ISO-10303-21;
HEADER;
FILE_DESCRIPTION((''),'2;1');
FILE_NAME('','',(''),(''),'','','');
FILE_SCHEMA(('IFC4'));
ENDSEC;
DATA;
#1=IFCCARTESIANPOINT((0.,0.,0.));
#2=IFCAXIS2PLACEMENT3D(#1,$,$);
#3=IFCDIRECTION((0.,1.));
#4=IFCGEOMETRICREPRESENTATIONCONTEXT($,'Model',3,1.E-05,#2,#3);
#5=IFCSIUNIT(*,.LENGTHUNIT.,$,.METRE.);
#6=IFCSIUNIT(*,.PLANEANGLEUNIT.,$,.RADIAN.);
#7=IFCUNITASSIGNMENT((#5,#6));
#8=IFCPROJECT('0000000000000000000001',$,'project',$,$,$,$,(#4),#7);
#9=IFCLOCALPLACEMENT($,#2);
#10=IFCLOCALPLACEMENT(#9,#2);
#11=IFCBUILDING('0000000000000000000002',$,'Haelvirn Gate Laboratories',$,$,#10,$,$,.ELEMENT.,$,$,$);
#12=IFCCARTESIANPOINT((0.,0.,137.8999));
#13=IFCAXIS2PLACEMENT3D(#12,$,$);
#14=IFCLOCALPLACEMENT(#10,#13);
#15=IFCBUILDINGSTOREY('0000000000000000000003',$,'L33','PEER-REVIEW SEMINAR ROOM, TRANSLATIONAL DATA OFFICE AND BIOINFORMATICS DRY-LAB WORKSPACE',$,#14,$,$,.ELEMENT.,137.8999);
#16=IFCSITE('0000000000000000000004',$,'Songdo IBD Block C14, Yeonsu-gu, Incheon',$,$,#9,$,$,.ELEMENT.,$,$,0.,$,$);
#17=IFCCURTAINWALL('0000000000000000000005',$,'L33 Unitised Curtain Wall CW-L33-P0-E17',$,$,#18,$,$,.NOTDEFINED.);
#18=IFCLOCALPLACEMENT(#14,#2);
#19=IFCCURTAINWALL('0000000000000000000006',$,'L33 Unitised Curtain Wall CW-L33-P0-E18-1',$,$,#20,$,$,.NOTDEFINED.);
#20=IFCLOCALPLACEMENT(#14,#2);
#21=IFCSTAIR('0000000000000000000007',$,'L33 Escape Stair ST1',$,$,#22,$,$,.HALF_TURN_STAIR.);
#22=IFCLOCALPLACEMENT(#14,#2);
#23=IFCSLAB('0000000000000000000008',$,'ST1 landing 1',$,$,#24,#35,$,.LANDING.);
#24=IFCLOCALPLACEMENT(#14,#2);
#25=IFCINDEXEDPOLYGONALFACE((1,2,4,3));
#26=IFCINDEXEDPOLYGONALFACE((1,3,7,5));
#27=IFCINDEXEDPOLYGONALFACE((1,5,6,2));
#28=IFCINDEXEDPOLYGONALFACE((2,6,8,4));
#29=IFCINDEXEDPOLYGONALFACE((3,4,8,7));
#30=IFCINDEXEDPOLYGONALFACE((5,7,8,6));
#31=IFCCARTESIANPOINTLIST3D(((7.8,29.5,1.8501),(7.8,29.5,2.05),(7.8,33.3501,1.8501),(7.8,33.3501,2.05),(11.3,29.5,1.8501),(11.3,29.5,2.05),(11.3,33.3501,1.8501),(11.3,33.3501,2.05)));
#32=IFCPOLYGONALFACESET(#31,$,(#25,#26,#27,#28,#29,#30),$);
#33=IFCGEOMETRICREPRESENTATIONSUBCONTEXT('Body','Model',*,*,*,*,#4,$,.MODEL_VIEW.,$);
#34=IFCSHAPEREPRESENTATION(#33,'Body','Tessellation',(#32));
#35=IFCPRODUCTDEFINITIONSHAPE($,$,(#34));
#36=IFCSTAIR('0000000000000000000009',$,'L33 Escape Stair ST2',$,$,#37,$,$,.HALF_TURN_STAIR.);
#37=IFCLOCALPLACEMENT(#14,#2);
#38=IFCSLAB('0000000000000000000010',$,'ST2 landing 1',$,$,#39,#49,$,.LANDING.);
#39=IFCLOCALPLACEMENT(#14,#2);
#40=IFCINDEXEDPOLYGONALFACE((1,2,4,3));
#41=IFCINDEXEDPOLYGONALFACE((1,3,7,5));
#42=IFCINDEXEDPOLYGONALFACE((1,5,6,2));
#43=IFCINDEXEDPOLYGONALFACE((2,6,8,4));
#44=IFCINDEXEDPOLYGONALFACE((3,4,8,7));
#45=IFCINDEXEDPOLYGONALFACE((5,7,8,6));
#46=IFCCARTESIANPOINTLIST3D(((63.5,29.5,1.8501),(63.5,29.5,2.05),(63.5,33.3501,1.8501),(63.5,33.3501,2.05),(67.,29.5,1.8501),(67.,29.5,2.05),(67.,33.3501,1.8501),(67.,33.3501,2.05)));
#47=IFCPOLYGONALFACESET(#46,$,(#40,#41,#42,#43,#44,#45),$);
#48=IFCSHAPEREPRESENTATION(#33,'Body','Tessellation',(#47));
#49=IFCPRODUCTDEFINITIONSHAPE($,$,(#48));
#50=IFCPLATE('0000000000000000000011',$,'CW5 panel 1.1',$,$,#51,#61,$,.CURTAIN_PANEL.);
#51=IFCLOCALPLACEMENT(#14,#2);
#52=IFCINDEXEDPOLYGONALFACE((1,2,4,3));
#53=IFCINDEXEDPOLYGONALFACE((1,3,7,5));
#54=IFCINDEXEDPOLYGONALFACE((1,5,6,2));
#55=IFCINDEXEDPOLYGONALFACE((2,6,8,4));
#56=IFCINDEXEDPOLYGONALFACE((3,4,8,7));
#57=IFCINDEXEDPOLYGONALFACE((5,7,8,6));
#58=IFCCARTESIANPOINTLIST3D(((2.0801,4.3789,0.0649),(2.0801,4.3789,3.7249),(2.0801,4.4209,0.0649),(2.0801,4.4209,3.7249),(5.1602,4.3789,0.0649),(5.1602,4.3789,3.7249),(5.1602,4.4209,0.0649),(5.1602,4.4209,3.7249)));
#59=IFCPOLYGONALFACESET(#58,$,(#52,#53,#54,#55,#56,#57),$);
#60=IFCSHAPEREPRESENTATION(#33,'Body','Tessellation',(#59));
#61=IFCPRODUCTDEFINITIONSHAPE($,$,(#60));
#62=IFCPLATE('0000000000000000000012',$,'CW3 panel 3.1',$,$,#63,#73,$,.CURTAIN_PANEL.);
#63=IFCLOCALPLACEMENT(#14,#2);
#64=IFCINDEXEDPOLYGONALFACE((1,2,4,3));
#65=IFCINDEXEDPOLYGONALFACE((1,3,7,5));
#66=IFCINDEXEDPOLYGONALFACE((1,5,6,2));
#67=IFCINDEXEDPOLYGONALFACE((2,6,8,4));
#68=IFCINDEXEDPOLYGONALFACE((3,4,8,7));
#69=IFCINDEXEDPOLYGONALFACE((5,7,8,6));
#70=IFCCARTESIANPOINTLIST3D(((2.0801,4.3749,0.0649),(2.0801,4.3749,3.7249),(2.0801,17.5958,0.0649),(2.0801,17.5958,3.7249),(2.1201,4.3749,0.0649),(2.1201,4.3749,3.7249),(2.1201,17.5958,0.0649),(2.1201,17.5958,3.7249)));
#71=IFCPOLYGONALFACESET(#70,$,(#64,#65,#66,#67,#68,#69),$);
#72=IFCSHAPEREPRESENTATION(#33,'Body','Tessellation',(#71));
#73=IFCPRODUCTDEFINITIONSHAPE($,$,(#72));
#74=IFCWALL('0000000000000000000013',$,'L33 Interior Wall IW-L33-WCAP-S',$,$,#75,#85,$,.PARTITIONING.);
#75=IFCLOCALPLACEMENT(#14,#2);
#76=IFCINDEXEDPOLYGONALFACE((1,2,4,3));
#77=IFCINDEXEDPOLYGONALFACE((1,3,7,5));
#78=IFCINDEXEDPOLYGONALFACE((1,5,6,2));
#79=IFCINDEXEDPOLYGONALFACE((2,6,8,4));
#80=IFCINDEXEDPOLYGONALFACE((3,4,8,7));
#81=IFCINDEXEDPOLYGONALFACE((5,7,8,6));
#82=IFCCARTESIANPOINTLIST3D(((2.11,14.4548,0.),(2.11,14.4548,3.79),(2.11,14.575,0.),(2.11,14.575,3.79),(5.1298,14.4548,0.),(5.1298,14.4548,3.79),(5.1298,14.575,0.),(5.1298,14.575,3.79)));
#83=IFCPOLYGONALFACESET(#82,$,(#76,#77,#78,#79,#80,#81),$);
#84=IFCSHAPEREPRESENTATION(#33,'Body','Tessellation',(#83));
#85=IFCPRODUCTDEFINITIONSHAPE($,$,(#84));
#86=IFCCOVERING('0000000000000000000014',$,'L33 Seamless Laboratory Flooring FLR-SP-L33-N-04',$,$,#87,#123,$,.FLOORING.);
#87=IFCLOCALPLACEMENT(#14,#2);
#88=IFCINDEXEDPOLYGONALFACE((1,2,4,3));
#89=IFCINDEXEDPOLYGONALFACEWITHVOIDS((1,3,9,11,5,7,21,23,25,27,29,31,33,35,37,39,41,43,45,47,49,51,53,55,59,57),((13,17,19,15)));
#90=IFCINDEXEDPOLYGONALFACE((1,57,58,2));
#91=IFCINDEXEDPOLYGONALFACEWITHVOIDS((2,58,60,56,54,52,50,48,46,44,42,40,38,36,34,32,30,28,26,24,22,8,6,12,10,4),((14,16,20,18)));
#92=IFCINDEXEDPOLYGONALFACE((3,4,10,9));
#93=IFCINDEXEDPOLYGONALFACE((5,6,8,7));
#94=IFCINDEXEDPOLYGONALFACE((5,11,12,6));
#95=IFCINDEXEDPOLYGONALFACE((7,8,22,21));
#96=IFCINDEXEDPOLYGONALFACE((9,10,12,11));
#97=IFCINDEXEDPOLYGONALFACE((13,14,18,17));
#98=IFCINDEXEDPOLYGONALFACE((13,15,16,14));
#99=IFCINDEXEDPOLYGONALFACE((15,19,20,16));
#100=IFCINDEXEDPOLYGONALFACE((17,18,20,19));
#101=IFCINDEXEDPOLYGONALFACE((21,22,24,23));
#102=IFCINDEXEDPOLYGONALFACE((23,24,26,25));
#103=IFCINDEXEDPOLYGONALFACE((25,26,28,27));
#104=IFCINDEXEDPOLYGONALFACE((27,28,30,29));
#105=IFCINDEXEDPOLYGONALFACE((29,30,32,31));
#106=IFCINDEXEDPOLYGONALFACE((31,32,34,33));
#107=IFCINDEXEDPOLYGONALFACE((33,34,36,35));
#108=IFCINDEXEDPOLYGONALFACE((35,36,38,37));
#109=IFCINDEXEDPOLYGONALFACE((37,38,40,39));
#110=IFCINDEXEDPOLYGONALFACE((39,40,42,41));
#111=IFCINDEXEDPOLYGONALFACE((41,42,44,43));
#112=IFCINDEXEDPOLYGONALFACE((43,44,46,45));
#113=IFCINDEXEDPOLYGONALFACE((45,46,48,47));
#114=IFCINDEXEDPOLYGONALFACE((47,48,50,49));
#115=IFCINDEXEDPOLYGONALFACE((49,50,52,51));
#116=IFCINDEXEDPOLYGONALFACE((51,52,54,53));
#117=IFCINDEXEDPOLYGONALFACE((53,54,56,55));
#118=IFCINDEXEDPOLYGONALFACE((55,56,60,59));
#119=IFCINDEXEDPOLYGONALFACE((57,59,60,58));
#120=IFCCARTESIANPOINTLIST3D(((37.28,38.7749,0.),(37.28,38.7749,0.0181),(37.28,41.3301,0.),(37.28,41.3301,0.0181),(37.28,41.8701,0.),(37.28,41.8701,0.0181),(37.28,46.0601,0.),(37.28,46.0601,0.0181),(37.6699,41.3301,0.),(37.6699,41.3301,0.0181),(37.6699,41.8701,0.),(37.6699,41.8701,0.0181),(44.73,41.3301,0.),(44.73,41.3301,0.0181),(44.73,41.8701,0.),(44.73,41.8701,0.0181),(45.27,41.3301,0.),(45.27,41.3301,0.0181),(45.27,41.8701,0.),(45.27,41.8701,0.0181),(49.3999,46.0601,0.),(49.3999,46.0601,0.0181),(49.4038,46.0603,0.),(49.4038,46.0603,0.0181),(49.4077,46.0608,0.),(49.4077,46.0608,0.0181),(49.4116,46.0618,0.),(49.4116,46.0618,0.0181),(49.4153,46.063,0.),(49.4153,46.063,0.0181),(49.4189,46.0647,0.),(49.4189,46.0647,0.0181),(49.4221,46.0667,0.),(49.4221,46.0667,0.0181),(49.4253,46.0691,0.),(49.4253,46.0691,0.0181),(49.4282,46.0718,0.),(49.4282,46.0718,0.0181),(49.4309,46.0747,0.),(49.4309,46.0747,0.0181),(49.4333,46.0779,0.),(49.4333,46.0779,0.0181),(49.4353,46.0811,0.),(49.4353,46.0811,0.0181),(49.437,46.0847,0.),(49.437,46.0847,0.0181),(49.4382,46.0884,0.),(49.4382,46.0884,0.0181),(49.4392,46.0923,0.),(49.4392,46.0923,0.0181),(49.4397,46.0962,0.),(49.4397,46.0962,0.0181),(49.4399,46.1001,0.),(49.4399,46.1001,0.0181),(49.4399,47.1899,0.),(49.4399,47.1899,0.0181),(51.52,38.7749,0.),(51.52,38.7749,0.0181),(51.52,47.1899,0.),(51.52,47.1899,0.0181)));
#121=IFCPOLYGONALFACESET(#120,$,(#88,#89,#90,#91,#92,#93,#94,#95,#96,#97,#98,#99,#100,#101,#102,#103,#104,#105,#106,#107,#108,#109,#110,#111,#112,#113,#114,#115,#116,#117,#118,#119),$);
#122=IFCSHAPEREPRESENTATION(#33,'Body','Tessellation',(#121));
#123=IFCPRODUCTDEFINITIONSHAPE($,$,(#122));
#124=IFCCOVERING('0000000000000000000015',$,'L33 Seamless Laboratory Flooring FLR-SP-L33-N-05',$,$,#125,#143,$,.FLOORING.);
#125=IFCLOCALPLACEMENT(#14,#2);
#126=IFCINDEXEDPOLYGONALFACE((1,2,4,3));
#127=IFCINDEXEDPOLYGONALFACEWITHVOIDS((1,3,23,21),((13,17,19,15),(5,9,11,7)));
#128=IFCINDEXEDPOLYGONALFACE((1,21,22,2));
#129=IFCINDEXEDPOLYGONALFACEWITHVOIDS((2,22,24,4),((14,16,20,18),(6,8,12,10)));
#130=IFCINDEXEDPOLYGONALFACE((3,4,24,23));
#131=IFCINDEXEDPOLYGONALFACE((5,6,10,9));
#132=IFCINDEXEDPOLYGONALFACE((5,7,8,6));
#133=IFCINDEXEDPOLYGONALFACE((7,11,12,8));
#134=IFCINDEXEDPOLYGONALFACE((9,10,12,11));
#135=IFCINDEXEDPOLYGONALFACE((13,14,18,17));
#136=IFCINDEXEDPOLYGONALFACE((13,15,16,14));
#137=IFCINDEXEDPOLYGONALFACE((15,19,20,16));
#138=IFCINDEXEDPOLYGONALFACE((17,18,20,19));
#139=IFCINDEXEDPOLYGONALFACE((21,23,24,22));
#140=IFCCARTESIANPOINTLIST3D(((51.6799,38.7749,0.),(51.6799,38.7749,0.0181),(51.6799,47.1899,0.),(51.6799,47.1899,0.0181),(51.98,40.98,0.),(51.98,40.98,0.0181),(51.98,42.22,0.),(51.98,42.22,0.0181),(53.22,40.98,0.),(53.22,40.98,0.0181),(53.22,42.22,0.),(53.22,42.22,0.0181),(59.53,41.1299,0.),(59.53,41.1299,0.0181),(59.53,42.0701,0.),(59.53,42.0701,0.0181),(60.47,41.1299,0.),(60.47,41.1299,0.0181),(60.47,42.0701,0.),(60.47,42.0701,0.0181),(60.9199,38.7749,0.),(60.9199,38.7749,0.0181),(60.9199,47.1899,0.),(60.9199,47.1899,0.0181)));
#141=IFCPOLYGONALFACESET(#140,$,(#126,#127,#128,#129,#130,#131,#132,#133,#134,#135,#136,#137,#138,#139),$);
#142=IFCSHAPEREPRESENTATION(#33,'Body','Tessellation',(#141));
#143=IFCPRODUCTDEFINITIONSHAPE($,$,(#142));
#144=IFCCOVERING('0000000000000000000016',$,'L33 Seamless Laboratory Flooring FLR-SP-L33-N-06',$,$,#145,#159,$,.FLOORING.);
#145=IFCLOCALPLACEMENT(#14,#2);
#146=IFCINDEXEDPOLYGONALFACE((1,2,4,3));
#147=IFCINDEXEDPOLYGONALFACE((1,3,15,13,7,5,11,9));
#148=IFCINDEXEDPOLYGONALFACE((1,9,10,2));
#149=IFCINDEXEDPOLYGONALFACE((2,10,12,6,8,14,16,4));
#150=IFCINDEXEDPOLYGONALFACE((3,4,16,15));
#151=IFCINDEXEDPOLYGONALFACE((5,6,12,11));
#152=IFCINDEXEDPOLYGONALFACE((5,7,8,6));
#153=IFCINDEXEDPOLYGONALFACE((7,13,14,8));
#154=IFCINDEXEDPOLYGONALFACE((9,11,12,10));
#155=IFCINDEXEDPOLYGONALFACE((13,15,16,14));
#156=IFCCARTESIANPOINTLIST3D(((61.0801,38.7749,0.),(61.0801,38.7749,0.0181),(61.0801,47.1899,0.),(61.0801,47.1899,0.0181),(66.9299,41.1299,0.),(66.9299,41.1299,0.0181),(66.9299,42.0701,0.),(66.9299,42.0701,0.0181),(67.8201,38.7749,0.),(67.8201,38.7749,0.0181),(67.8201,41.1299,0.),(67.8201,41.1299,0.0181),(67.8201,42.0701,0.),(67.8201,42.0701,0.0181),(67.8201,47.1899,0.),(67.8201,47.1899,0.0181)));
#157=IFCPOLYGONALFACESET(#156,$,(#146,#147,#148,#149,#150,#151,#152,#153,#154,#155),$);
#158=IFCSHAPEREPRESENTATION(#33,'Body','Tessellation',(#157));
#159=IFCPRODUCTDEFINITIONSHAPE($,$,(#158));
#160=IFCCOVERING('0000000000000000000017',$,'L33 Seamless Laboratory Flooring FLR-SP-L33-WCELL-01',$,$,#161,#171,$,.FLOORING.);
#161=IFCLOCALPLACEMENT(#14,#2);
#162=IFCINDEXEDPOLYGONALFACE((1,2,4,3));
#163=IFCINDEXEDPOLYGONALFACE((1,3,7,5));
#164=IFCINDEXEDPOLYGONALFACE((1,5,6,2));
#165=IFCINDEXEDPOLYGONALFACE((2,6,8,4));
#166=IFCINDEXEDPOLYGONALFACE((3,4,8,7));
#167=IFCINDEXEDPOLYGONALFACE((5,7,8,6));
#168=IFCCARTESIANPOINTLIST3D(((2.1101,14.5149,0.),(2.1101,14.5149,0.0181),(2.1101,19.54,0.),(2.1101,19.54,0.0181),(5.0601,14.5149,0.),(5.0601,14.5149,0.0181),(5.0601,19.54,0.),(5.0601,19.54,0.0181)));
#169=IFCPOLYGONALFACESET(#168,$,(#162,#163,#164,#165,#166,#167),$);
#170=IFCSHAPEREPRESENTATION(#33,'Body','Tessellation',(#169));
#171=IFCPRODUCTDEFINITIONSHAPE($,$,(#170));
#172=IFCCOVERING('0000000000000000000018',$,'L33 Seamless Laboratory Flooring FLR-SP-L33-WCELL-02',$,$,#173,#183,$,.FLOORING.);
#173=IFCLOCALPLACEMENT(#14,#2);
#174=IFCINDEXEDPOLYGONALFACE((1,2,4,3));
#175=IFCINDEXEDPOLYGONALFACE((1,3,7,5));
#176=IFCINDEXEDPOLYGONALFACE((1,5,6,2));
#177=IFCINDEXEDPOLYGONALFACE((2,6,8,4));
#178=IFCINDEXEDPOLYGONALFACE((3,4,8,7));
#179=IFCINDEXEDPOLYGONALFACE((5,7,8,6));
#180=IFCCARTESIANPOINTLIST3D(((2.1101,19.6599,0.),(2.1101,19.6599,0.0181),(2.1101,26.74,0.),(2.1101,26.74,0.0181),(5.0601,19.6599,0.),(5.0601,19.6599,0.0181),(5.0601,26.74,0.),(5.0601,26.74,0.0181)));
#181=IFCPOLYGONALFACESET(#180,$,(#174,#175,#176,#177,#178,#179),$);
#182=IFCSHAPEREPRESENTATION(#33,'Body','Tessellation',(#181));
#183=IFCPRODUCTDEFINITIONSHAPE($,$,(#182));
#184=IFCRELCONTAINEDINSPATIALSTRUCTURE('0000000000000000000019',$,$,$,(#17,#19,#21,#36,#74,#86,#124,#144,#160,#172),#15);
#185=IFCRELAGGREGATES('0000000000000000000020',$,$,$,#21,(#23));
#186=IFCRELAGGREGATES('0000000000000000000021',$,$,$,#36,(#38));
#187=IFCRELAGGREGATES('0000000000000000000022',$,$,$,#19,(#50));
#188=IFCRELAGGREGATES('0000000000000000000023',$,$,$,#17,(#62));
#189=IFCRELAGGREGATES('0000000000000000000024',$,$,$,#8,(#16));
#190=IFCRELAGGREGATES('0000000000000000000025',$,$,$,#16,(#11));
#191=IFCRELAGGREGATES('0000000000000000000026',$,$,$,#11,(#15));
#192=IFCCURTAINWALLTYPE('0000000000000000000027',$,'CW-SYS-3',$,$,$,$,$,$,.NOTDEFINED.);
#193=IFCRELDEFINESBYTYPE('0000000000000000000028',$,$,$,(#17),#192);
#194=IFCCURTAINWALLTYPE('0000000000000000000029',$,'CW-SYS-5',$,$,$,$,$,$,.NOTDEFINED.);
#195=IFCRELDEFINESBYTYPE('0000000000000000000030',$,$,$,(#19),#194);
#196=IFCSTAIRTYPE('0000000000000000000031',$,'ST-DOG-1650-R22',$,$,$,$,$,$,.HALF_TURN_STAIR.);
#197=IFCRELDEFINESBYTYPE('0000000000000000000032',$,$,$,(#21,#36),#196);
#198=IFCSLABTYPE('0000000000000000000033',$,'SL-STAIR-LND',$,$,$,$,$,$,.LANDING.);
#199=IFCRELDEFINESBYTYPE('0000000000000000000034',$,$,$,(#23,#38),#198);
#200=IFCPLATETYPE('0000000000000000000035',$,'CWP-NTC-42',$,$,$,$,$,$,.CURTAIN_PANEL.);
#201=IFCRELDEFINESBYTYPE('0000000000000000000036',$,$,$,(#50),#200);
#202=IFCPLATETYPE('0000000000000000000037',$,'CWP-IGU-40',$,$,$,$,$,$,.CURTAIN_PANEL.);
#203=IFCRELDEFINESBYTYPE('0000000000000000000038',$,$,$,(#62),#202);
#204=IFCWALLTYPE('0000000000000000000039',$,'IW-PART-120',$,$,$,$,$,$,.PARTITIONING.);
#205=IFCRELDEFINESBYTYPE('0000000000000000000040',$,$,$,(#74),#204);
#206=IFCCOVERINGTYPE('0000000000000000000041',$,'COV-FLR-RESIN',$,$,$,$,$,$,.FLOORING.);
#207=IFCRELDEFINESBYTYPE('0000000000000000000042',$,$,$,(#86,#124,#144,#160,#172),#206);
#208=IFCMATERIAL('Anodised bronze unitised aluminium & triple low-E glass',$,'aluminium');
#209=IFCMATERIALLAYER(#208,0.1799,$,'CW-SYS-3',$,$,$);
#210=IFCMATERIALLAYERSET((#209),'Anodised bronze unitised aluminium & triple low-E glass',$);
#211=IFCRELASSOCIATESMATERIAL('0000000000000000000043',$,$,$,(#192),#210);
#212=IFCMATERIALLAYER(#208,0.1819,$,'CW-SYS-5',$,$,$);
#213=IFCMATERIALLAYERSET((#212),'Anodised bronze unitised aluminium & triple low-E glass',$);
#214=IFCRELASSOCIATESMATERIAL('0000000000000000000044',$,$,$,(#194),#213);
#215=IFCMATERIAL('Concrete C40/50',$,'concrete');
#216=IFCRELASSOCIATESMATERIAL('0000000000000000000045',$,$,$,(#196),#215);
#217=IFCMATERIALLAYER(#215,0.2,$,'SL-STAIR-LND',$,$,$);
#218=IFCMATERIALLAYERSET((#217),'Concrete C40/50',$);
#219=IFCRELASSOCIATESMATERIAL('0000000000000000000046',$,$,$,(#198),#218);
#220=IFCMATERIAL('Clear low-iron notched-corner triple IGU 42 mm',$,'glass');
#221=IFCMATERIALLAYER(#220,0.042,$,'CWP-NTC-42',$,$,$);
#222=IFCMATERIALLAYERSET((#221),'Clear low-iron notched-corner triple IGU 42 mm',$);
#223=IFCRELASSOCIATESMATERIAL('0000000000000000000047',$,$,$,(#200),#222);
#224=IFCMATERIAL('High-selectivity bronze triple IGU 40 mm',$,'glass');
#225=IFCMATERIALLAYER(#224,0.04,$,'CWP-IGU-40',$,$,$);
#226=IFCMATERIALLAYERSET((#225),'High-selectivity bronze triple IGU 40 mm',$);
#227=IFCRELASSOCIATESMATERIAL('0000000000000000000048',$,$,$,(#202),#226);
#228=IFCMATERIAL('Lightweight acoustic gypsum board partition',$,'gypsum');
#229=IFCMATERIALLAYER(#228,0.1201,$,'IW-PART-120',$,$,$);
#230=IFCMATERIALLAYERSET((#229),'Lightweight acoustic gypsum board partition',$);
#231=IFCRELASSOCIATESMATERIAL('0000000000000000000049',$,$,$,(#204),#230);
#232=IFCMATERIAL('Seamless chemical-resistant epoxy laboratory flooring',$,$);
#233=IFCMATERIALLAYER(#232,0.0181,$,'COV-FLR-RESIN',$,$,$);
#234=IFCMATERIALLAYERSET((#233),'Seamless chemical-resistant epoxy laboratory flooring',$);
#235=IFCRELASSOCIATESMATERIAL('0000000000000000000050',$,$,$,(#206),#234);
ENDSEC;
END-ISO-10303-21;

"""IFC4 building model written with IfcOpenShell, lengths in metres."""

from ifc_helpers import new_model, si_unit, direction, frame, frame_2d, origin, origin_2d, place, context, subcontext, project, spatial, polyline, rectangle, outline, extrude, source, transform, mapped, material, layer, layer_set, type_object, type_shapes, element, aggregate, save


model = new_model("IFC4")

# Units and contexts
model_context = context("Model", 3, precision=1e-05, world=origin(), true_north=direction((0.0, 1.0)))
body_context = subcontext(model_context, "Body", "Model", "MODEL_VIEW")
ifc_project = project(units=[si_unit("LENGTHUNIT", "METRE"), si_unit("PLANEANGLEUNIT", "RADIAN")], contexts=[model_context])

# Site, building, storey
site_placement = place(None, origin())
site = spatial("IfcSite", under=ifc_project, at=site_placement, Name="Songdo IBD Block C14, Yeonsu-gu, Incheon", CompositionType="ELEMENT", RefElevation=0.0)
building_placement = place(site_placement, origin())
building = spatial("IfcBuilding", under=site, at=building_placement, Name="Haelvirn Gate Laboratories", CompositionType="ELEMENT")
storey_placement = place(building_placement, frame((0.0, 0.0, 137.8999)))
storey = spatial("IfcBuildingStorey", under=building, at=storey_placement, Name="L33", Description="PEER-REVIEW SEMINAR ROOM, TRANSLATIONAL DATA OFFICE AND BIOINFORMATICS DRY-LAB WORKSPACE", CompositionType="ELEMENT", Elevation=137.8999)

# Curtain walls
ifc_material_1 = material(Name="Anodised bronze unitised aluminium & triple low-E glass", Category="aluminium")
ifc_layer_1 = layer(ifc_material_1, 0.1799, Name="CW-SYS-3")
ifc_layer_set_1 = layer_set([ifc_layer_1], Name="Anodised bronze unitised aluminium & triple low-E glass")
curtain_wall_type_1 = type_object("IfcCurtainWallType", Name="CW-SYS-3", PredefinedType="NOTDEFINED", material=ifc_layer_set_1)
curtain_wall_1_placement = place(storey_placement, origin())
curtain_wall_1 = element("IfcCurtainWall", 1, at=curtain_wall_1_placement, inside=storey, type_object=curtain_wall_type_1, Name="L33 Unitised Curtain Wall CW-L33-P0-E17", PredefinedType="NOTDEFINED")
ifc_layer_2 = layer(ifc_material_1, 0.1819, Name="CW-SYS-5")
ifc_layer_set_2 = layer_set([ifc_layer_2], Name="Anodised bronze unitised aluminium & triple low-E glass")
curtain_wall_type_2 = type_object("IfcCurtainWallType", Name="CW-SYS-5", PredefinedType="NOTDEFINED", material=ifc_layer_set_2)
curtain_wall_2_placement = place(storey_placement, origin())
curtain_wall_2 = element("IfcCurtainWall", 2, at=curtain_wall_2_placement, inside=storey, type_object=curtain_wall_type_2, Name="L33 Unitised Curtain Wall CW-L33-P0-E18-1", PredefinedType="NOTDEFINED")

# Stairs, slabs
ifc_material_2 = material(Name="Concrete C40/50", Category="concrete")
stair_type = type_object("IfcStairType", Name="ST-DOG-1650-R22", PredefinedType="HALF_TURN_STAIR", material=ifc_material_2)
stair_1_placement = place(storey_placement, origin())
stair_1 = element("IfcStair", 3, at=stair_1_placement, inside=storey, type_object=stair_type, Name="L33 Escape Stair ST1", PredefinedType="HALF_TURN_STAIR")
ifc_layer_3 = layer(ifc_material_2, 0.2, Name="SL-STAIR-LND")
ifc_layer_set_3 = layer_set([ifc_layer_3], Name="Concrete C40/50")
slab_type = type_object("IfcSlabType", Name="SL-STAIR-LND", PredefinedType="LANDING", material=ifc_layer_set_3)
slab_1_placement = place(storey_placement, frame((0.0, 0.0, 1.8501)))
slab_1 = element("IfcSlab", 4, at=slab_1_placement, type_object=slab_type, Name="ST1 landing 1", PredefinedType="LANDING", context=body_context, shape_type="SweptSolid", body=[
    extrude(outline(polyline([(11.3, 29.5), (11.3, 33.3501), (7.8, 33.3501), (7.8, 29.5), (11.3, 29.5)])), origin(), (0.0, 0.0, 1.0), 0.2),
])
aggregate(stair_1, [slab_1])
stair_2_placement = place(storey_placement, origin())
stair_2 = element("IfcStair", 5, at=stair_2_placement, inside=storey, type_object=stair_type, Name="L33 Escape Stair ST2", PredefinedType="HALF_TURN_STAIR")
slab_2_placement = place(storey_placement, frame((0.0, 0.0, 1.8501)))
slab_2 = element("IfcSlab", 6, at=slab_2_placement, type_object=slab_type, Name="ST2 landing 1", PredefinedType="LANDING", context=body_context, shape_type="SweptSolid", body=[
    extrude(outline(polyline([(67.0, 29.5), (67.0, 33.3501), (63.5, 33.3501), (63.5, 29.5), (67.0, 29.5)])), origin(), (0.0, 0.0, 1.0), 0.2),
])
aggregate(stair_2, [slab_2])

# Plates
ifc_material_3 = material(Name="Clear low-iron notched-corner triple IGU 42 mm", Category="glass")
ifc_layer_4 = layer(ifc_material_3, 0.042, Name="CWP-NTC-42")
ifc_layer_set_4 = layer_set([ifc_layer_4], Name="Clear low-iron notched-corner triple IGU 42 mm")
plate_type_1 = type_object("IfcPlateType", Name="CWP-NTC-42", PredefinedType="CURTAIN_PANEL", material=ifc_layer_set_4)
shared_shape_1 = source(origin(), body_context, "Body", "SweptSolid", [
    extrude(rectangle(XDim=3.0801, YDim=0.042, at=origin_2d()), origin(), (0.0, 0.0, 1.0), 3.6599),
])
type_shapes(plate_type_1, [shared_shape_1])
plate_1_placement = place(storey_placement, frame((3.6201, 4.3999, 0.0649), z_axis=(0.0, 0.0, 1.0), x_axis=(1.0, 0.0, 0.0)))
plate_1 = element("IfcPlate", 7, at=plate_1_placement, type_object=plate_type_1, Name="CW5 panel 1.1", PredefinedType="CURTAIN_PANEL", context=body_context, shape_type="MappedRepresentation", body=[
    mapped(shared_shape_1, transform((0.0, 0.0, 0.0), scale=1.0)),
])
aggregate(curtain_wall_2, [plate_1])
ifc_material_4 = material(Name="High-selectivity bronze triple IGU 40 mm", Category="glass")
ifc_layer_5 = layer(ifc_material_4, 0.04, Name="CWP-IGU-40")
ifc_layer_set_5 = layer_set([ifc_layer_5], Name="High-selectivity bronze triple IGU 40 mm")
plate_type_2 = type_object("IfcPlateType", Name="CWP-IGU-40", PredefinedType="CURTAIN_PANEL", material=ifc_layer_set_5)
shared_shape_2 = source(origin(), body_context, "Body", "SweptSolid", [
    extrude(rectangle(XDim=13.2209, YDim=0.04, at=origin_2d()), origin(), (0.0, 0.0, 1.0), 3.6599),
])
type_shapes(plate_type_2, [shared_shape_2])
plate_2_placement = place(storey_placement, frame((2.1001, 10.9854, 0.0649), z_axis=(0.0, 0.0, 1.0), x_axis=(0.0, -1.0, 0.0)))
plate_2 = element("IfcPlate", 8, at=plate_2_placement, type_object=plate_type_2, Name="CW3 panel 3.1", PredefinedType="CURTAIN_PANEL", context=body_context, shape_type="MappedRepresentation", body=[
    mapped(shared_shape_2, transform((0.0, 0.0, 0.0), scale=1.0)),
])
aggregate(curtain_wall_1, [plate_2])

# Wall
ifc_material_5 = material(Name="Lightweight acoustic gypsum board partition", Category="gypsum")
ifc_layer_6 = layer(ifc_material_5, 0.1201, Name="IW-PART-120")
ifc_layer_set_6 = layer_set([ifc_layer_6], Name="Lightweight acoustic gypsum board partition")
wall_type = type_object("IfcWallType", Name="IW-PART-120", PredefinedType="PARTITIONING", material=ifc_layer_set_6)
wall_placement = place(storey_placement, frame((2.1101, 14.5149, 0.0), z_axis=(0.0, 0.0, 1.0), x_axis=(1.0, 0.0, 0.0)))
element("IfcWall", 9, at=wall_placement, inside=storey, type_object=wall_type, Name="L33 Interior Wall IW-L33-WCAP-S", PredefinedType="PARTITIONING", context=body_context, shape_type="SweptSolid", body=[
    extrude(rectangle(XDim=3.0198, YDim=0.1201, at=frame_2d((1.5098, 0.0))), origin(), (0.0, 0.0, 1.0), 3.79),
])

# Coverings
ifc_material_6 = material(Name="Seamless chemical-resistant epoxy laboratory flooring")
ifc_layer_7 = layer(ifc_material_6, 0.0181, Name="COV-FLR-RESIN")
ifc_layer_set_7 = layer_set([ifc_layer_7], Name="Seamless chemical-resistant epoxy laboratory flooring")
covering_type = type_object("IfcCoveringType", Name="COV-FLR-RESIN", PredefinedType="FLOORING", material=ifc_layer_set_7)
covering_1_placement = place(storey_placement, origin())
element("IfcCovering", 10, at=covering_1_placement, inside=storey, type_object=covering_type, Name="L33 Seamless Laboratory Flooring FLR-SP-L33-N-04", PredefinedType="FLOORING", context=body_context, shape_type="SweptSolid", body=[
    extrude(outline(polyline([(37.28, 41.3301), (37.6699, 41.3301), (37.6699, 41.8701), (37.28, 41.8701), (37.28, 46.0601), (49.3999, 46.0601), (49.4038, 46.0603), (49.4077, 46.0608), (49.4116, 46.0618), (49.4153, 46.063), (49.4189, 46.0647), (49.4221, 46.0667), (49.4253, 46.0691), (49.4282, 46.0718), (49.4309, 46.0747), (49.4333, 46.0779), (49.4353, 46.0811), (49.437, 46.0847), (49.4382, 46.0884), (49.4392, 46.0923), (49.4397, 46.0962), (49.4399, 46.1001), (49.4399, 47.1899), (51.52, 47.1899), (51.52, 38.7749), (37.28, 38.7749), (37.28, 41.3301)]), holes=[polyline([(44.73, 41.8701), (44.73, 41.3301), (45.27, 41.3301), (45.27, 41.8701), (44.73, 41.8701)])]), origin(), (0.0, 0.0, 1.0), 0.0181),
])
covering_2_placement = place(storey_placement, origin())
element("IfcCovering", 11, at=covering_2_placement, inside=storey, type_object=covering_type, Name="L33 Seamless Laboratory Flooring FLR-SP-L33-N-05", PredefinedType="FLOORING", context=body_context, shape_type="SweptSolid", body=[
    extrude(outline(polyline([(60.9199, 38.7749), (51.6799, 38.7749), (51.6799, 47.1899), (60.9199, 47.1899), (60.9199, 38.7749)]), holes=[polyline([(51.98, 40.98), (53.22, 40.98), (53.22, 42.22), (51.98, 42.22), (51.98, 40.98)]), polyline([(59.53, 42.0701), (59.53, 41.1299), (60.47, 41.1299), (60.47, 42.0701), (59.53, 42.0701)])]), origin(), (0.0, 0.0, 1.0), 0.0181),
])
covering_3_placement = place(storey_placement, origin())
element("IfcCovering", 12, at=covering_3_placement, inside=storey, type_object=covering_type, Name="L33 Seamless Laboratory Flooring FLR-SP-L33-N-06", PredefinedType="FLOORING", context=body_context, shape_type="SweptSolid", body=[
    extrude(outline(polyline([(67.8201, 47.1899), (67.8201, 42.0701), (66.9299, 42.0701), (66.9299, 41.1299), (67.8201, 41.1299), (67.8201, 38.7749), (61.0801, 38.7749), (61.0801, 47.1899), (67.8201, 47.1899)])), origin(), (0.0, 0.0, 1.0), 0.0181),
])
covering_4_placement = place(storey_placement, origin())
element("IfcCovering", 13, at=covering_4_placement, inside=storey, type_object=covering_type, Name="L33 Seamless Laboratory Flooring FLR-SP-L33-WCELL-01", PredefinedType="FLOORING", context=body_context, shape_type="SweptSolid", body=[
    extrude(outline(polyline([(2.1101, 19.54), (5.0601, 19.54), (5.0601, 14.5149), (2.1101, 14.5149), (2.1101, 19.54)])), origin(), (0.0, 0.0, 1.0), 0.0181),
])
covering_5_placement = place(storey_placement, origin())
element("IfcCovering", 14, at=covering_5_placement, inside=storey, type_object=covering_type, Name="L33 Seamless Laboratory Flooring FLR-SP-L33-WCELL-02", PredefinedType="FLOORING", context=body_context, shape_type="SweptSolid", body=[
    extrude(outline(polyline([(2.1101, 26.74), (5.0601, 26.74), (5.0601, 19.6599), (2.1101, 19.6599), (2.1101, 26.74)])), origin(), (0.0, 0.0, 1.0), 0.0181),
])

save(model, "model.ifc")
